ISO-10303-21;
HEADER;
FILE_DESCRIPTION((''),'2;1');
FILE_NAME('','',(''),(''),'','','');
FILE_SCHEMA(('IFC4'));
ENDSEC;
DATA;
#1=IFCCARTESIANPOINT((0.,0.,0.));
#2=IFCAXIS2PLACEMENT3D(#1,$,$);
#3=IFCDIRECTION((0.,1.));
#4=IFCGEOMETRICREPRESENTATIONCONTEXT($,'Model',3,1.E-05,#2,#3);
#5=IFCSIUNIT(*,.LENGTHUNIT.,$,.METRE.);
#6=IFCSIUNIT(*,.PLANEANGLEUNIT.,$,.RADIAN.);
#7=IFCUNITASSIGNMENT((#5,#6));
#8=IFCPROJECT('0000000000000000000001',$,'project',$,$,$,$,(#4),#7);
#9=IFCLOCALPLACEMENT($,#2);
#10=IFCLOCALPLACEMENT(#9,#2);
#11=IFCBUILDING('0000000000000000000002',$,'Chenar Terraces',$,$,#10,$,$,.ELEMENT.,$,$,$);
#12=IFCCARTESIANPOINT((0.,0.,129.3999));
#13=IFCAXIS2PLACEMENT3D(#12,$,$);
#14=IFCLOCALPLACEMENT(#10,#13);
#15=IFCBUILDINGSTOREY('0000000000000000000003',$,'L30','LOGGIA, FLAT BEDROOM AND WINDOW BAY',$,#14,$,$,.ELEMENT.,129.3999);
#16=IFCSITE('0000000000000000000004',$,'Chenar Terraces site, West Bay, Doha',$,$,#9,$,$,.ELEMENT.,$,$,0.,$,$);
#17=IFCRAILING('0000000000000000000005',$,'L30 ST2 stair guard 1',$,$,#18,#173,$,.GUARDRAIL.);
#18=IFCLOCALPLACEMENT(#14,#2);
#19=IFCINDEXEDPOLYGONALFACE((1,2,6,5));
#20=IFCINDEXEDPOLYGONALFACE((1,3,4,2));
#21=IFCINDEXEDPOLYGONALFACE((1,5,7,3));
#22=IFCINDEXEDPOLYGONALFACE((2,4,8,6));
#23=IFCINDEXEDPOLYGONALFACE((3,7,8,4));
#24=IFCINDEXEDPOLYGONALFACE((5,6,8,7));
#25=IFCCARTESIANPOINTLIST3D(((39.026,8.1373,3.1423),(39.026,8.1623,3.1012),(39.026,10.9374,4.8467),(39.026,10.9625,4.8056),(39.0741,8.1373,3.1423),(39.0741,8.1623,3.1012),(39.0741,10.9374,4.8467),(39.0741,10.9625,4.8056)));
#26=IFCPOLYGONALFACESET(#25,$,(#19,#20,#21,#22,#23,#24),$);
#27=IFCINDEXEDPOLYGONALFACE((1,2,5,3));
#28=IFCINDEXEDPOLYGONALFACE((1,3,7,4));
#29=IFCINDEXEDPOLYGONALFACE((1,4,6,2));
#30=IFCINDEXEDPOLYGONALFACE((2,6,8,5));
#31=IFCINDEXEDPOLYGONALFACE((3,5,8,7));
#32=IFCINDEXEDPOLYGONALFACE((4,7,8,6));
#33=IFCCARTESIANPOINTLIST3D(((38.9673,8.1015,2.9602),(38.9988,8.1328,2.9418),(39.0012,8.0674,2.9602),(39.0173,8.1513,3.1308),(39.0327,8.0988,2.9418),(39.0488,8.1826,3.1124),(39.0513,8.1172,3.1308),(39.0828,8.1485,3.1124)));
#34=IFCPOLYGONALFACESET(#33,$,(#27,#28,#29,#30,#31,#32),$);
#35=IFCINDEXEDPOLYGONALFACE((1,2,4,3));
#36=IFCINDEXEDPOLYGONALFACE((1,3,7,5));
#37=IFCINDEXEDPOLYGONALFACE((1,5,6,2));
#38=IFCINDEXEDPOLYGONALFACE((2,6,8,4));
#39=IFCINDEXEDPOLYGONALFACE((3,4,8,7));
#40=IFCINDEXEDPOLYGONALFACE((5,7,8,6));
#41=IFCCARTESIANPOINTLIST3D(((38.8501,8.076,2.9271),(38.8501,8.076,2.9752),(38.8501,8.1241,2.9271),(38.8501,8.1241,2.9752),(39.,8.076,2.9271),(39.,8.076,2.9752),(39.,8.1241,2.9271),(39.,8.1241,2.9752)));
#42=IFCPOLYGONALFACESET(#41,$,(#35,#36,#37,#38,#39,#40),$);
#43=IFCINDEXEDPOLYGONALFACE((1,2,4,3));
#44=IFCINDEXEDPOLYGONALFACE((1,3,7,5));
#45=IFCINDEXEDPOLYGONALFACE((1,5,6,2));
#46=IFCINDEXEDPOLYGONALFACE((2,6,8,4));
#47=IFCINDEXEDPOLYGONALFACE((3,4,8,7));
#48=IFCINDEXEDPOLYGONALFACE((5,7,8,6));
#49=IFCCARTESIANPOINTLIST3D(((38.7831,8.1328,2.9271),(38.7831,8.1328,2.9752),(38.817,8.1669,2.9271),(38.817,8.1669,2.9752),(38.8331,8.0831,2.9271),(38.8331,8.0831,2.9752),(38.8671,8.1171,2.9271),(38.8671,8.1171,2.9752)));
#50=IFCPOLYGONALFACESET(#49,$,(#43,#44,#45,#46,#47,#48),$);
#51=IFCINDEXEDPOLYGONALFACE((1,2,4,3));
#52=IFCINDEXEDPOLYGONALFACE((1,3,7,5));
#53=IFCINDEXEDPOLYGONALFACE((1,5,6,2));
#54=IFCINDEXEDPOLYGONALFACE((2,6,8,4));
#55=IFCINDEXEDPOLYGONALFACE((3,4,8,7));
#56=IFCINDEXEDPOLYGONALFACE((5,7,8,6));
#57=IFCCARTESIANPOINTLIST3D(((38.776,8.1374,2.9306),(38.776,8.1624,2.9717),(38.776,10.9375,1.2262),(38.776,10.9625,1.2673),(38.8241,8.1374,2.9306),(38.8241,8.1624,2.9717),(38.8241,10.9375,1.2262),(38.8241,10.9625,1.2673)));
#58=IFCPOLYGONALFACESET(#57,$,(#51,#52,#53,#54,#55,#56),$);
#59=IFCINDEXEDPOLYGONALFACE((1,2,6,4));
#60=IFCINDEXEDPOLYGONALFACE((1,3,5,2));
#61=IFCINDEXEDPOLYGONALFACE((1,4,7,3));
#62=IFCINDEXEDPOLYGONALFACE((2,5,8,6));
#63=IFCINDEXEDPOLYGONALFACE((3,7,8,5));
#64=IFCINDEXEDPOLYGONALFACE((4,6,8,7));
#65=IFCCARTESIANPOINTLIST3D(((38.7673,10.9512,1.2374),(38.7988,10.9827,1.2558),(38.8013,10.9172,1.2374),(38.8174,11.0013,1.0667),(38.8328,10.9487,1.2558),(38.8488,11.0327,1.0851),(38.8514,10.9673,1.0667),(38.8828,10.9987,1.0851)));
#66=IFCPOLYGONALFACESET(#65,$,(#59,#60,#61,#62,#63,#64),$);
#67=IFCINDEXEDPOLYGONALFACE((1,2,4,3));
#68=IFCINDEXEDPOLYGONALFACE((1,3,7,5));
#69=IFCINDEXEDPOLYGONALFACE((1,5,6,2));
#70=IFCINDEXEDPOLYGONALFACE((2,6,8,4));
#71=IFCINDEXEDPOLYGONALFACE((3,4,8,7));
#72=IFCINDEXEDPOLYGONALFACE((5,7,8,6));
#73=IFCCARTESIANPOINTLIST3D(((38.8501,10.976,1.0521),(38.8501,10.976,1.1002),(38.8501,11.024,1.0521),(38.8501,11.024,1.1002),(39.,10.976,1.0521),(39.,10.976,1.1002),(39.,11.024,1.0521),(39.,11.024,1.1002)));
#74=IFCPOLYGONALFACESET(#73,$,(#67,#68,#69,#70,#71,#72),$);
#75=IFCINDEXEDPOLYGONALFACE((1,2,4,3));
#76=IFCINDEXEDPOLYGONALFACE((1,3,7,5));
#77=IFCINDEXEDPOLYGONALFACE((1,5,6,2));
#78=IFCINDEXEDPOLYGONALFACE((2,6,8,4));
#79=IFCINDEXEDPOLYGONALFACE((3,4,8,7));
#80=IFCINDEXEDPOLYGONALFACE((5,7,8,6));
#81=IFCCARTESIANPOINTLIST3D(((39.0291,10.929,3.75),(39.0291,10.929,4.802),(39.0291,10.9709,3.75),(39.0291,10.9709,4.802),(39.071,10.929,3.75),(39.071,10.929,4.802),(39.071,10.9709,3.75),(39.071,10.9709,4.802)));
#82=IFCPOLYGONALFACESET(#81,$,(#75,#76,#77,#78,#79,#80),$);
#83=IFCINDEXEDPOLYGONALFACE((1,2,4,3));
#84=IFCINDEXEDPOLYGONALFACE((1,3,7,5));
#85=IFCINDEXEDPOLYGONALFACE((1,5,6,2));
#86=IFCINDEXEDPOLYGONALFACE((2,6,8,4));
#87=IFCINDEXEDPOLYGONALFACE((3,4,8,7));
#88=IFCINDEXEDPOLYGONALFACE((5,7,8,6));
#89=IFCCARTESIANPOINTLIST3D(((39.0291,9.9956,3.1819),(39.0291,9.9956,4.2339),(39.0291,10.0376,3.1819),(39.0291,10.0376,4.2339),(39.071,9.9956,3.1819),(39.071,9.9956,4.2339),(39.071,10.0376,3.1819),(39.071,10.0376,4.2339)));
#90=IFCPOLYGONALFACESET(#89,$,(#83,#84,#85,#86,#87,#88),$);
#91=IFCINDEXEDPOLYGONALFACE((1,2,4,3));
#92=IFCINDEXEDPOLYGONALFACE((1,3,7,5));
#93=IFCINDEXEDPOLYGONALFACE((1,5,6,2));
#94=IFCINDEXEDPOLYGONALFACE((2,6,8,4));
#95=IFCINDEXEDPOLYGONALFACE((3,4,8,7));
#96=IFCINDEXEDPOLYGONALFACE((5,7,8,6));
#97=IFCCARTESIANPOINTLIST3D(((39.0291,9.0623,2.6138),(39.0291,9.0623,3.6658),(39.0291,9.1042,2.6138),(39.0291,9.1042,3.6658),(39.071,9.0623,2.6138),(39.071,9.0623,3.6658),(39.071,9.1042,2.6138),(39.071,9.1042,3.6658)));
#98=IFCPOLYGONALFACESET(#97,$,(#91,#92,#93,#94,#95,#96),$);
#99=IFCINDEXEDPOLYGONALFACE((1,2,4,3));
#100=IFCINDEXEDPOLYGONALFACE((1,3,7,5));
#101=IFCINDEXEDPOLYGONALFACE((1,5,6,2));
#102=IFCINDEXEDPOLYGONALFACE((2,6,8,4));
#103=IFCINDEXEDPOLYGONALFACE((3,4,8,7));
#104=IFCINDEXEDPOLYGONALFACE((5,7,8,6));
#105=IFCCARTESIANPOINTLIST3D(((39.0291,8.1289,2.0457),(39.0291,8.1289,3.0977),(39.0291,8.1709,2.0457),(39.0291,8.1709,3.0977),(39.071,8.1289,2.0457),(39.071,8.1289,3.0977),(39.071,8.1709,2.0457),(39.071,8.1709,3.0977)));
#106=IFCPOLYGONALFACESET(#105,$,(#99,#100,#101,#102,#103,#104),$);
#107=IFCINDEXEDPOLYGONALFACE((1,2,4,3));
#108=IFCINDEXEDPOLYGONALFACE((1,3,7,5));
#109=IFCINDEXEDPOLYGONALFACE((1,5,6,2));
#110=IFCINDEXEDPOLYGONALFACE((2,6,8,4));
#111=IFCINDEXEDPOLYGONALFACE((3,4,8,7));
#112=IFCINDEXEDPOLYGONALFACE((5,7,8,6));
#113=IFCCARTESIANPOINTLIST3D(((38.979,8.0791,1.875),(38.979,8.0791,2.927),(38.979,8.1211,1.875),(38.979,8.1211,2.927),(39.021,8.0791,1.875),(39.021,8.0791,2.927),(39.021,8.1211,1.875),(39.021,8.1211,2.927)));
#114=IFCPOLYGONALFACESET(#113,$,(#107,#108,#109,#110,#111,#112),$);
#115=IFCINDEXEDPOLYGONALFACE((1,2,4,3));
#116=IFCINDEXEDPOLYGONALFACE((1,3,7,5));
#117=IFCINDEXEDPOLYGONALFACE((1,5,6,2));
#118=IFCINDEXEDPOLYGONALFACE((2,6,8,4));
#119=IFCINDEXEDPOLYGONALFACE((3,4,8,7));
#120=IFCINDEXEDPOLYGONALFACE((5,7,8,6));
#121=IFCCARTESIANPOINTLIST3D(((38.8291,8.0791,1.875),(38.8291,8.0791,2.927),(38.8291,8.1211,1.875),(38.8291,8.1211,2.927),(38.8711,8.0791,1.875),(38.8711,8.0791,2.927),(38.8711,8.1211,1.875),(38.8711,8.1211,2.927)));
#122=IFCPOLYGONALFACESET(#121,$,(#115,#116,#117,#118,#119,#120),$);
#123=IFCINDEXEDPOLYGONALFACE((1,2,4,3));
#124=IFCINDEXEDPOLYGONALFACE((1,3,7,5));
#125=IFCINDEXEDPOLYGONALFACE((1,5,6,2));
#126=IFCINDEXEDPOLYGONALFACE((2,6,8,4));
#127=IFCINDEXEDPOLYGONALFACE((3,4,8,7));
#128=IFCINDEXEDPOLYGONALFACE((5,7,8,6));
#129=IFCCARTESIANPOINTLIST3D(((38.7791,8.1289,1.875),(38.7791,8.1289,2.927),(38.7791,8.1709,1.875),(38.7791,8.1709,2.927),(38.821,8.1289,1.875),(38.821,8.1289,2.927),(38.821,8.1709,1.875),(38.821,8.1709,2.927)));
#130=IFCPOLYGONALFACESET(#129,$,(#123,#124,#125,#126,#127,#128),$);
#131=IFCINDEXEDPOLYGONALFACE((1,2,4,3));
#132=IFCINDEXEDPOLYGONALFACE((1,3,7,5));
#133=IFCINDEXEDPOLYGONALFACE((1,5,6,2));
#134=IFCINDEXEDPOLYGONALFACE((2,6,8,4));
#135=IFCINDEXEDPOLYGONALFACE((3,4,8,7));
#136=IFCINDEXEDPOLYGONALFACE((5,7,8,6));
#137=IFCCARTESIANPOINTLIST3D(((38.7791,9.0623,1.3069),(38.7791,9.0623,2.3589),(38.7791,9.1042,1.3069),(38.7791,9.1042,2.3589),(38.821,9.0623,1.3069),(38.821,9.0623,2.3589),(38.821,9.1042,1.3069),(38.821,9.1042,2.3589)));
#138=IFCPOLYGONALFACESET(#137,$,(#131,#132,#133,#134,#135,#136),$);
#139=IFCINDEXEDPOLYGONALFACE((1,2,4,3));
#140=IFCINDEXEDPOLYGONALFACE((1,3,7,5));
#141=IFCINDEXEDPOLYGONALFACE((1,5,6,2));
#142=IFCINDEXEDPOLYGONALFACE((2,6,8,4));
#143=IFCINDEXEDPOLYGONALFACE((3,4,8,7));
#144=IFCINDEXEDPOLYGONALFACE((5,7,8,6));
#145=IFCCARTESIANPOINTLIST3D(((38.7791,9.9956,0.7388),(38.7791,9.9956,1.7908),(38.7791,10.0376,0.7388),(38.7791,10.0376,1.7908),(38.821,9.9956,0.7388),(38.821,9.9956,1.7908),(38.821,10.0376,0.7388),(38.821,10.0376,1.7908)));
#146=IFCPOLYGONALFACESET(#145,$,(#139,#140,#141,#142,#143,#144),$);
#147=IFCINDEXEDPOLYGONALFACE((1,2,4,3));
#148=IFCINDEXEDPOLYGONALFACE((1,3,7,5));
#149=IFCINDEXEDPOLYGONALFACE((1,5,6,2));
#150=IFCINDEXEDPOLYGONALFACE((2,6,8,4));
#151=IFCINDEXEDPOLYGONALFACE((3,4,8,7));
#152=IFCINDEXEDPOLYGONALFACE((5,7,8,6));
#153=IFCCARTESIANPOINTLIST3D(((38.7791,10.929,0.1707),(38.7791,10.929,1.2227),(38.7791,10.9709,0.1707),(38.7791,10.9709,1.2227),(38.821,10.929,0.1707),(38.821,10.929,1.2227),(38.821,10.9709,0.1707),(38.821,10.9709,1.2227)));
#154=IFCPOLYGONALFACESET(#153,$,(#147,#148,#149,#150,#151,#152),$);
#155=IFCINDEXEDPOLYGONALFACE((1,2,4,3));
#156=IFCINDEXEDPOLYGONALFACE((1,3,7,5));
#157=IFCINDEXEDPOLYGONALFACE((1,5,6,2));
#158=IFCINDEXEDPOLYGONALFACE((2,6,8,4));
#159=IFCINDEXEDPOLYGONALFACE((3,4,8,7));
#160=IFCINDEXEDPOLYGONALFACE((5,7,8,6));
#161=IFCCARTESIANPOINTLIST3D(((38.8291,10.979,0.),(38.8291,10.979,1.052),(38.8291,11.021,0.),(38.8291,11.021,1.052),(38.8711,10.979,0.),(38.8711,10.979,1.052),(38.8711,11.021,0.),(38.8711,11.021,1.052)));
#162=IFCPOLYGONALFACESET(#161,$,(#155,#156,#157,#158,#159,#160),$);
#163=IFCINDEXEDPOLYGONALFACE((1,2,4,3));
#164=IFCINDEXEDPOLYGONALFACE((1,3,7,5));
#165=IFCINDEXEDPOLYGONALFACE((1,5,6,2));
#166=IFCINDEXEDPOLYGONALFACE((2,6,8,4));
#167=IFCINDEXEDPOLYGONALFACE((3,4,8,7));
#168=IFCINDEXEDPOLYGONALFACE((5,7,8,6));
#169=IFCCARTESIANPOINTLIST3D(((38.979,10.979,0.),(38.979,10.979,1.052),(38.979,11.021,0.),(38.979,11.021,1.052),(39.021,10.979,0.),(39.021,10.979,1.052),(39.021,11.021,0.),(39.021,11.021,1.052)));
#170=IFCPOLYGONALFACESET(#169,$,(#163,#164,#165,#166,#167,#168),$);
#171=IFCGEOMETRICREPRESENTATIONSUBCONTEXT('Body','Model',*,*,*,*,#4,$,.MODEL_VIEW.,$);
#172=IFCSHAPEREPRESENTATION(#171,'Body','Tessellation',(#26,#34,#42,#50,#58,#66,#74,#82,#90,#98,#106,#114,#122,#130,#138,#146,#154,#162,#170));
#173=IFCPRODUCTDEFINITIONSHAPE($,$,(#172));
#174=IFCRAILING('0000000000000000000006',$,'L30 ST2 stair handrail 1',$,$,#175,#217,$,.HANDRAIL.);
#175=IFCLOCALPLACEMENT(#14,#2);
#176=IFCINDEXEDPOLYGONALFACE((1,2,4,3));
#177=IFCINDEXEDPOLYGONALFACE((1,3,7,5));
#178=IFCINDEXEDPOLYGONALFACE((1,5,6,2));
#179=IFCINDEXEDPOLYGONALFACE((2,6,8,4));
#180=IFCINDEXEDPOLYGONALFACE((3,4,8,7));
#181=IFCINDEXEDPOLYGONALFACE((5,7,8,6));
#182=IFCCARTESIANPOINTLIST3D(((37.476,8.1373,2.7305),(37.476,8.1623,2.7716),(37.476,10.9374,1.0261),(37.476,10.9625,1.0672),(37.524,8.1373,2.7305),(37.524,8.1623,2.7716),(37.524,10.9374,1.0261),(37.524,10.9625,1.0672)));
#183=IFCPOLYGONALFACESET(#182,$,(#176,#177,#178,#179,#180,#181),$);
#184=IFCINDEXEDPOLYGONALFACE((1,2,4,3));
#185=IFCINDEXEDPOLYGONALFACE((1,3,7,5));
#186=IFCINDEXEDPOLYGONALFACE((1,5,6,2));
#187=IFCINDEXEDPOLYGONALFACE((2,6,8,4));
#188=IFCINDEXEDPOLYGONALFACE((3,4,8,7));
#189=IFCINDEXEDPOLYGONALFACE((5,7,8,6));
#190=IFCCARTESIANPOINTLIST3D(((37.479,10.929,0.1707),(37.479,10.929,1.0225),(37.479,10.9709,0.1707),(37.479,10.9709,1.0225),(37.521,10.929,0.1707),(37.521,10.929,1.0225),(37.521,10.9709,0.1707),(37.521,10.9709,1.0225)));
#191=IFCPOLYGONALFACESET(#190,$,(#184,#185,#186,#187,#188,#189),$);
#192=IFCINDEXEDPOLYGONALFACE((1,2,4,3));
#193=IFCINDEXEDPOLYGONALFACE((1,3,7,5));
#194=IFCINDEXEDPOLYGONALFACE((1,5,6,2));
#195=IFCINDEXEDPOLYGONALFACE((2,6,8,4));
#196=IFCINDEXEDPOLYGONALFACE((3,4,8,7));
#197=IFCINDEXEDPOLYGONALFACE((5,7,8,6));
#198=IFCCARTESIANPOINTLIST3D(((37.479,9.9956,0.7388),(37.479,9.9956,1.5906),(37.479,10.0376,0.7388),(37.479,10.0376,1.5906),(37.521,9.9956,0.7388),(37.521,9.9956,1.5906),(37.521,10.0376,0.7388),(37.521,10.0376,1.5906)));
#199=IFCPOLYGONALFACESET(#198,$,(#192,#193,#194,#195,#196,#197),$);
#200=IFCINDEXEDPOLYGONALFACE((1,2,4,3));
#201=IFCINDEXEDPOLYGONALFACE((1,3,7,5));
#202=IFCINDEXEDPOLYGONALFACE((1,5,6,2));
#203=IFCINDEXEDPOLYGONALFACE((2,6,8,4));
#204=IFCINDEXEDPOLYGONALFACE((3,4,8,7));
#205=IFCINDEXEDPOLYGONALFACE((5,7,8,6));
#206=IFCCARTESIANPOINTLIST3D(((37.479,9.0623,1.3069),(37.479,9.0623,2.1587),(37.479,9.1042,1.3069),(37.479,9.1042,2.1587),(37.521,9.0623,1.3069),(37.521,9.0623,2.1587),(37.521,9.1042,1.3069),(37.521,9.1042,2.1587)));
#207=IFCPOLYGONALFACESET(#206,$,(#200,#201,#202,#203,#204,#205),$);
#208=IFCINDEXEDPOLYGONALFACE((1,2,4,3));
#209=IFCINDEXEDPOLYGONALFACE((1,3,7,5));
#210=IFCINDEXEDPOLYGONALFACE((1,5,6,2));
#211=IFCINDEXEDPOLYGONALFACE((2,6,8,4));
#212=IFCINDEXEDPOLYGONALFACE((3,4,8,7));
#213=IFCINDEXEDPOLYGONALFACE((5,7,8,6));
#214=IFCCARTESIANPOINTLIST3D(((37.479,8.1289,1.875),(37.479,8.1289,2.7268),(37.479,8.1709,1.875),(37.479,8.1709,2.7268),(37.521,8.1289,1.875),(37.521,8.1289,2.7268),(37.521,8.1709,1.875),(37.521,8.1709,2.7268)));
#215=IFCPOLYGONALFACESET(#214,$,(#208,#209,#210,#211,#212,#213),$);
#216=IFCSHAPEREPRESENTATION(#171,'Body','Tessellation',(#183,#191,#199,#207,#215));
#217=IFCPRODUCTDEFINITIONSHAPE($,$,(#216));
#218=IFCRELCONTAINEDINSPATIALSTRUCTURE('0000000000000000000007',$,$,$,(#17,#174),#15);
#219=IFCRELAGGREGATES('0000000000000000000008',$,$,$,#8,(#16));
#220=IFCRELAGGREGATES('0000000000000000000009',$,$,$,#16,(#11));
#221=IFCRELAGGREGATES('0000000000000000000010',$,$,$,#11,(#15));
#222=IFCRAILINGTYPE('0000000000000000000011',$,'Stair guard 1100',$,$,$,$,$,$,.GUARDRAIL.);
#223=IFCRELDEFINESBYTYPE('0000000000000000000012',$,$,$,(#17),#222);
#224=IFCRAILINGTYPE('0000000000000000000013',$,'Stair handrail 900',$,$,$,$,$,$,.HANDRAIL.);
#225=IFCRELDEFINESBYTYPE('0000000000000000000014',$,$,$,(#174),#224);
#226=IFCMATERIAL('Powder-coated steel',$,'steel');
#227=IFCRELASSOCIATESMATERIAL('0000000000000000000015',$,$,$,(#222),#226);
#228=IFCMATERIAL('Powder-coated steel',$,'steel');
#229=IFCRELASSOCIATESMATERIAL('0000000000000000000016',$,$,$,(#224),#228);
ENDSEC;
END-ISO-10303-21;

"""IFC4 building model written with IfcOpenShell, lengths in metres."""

from ifc_helpers import new_model, si_unit, direction, frame, origin, origin_2d, place, context, subcontext, project, spatial, rectangle, extrude, material, type_object, element, save


model = new_model("IFC4")

# Units and contexts
model_context = context("Model", 3, precision=1e-05, world=origin(), true_north=direction((0.0, 1.0)))
body_context = subcontext(model_context, "Body", "Model", "MODEL_VIEW")
ifc_project = project(units=[si_unit("LENGTHUNIT", "METRE"), si_unit("PLANEANGLEUNIT", "RADIAN")], contexts=[model_context])

# Site, building, storey
site_placement = place(None, origin())
site = spatial("IfcSite", under=ifc_project, at=site_placement, Name="Chenar Terraces site, West Bay, Doha", CompositionType="ELEMENT", RefElevation=0.0)
building_placement = place(site_placement, origin())
building = spatial("IfcBuilding", under=site, at=building_placement, Name="Chenar Terraces", CompositionType="ELEMENT")
storey_placement = place(building_placement, frame((0.0, 0.0, 129.3999)))
storey = spatial("IfcBuildingStorey", under=building, at=storey_placement, Name="L30", Description="LOGGIA, FLAT BEDROOM AND WINDOW BAY", CompositionType="ELEMENT", Elevation=129.3999)

# Railings
ifc_material_1 = material(Name="Powder-coated steel", Category="steel")
railing_type_1 = type_object("IfcRailingType", Name="Stair guard 1100", PredefinedType="GUARDRAIL", material=ifc_material_1)
railing_1_placement = place(storey_placement, frame((39.05, 10.95, 3.75)))
element("IfcRailing", 1, at=railing_1_placement, inside=storey, type_object=railing_type_1, Name="L30 ST2 stair guard 1", PredefinedType="GUARDRAIL", context=body_context, shape_type="SweptSolid", body=[
    extrude(rectangle(XDim=0.0481, YDim=0.0481, at=origin_2d()), frame((0.0, 0.0, 1.0762), z_axis=(0.0, -0.854203, -0.51994), x_axis=(1.0, 0.0, 0.0)), (0.0, 0.0, 1.0), 3.2781),
    extrude(rectangle(XDim=0.0481, YDim=0.0481, at=origin_2d()), frame((0.0, -2.8, -0.6284), z_axis=(-0.270997, -0.269675, -0.924033), x_axis=(0.705376, -0.708834, 0.0)), (0.0, 0.0, 1.0), 0.1846),
    extrude(rectangle(XDim=0.0481, YDim=0.0481, at=origin_2d()), frame((-0.05, -2.8499, -0.7988), z_axis=(-1.0, 0.0, 0.0), x_axis=(0.0, -1.0, 0.0)), (0.0, 0.0, 1.0), 0.1499),
    extrude(rectangle(XDim=0.0481, YDim=0.0481, at=origin_2d()), frame((-0.2, -2.8499, -0.7988), z_axis=(-0.708834, 0.705376, 0.0), x_axis=(-0.705376, -0.708834, 0.0)), (0.0, 0.0, 1.0), 0.0706),
    extrude(rectangle(XDim=0.0481, YDim=0.0481, at=origin_2d()), frame((-0.25, -2.8, -0.7988), z_axis=(0.0, 0.854203, -0.51994), x_axis=(-1.0, 0.0, 0.0)), (0.0, 0.0, 1.0), 3.2781),
    extrude(rectangle(XDim=0.0481, YDim=0.0481, at=origin_2d()), frame((-0.25, 0.0, -2.5034), z_axis=(0.2709, 0.2709, -0.923703), x_axis=(-0.707107, 0.707107, 0.0)), (0.0, 0.0, 1.0), 0.1848),
    extrude(rectangle(XDim=0.0481, YDim=0.0481, at=origin_2d()), frame((-0.2, 0.05, -2.6738), z_axis=(1.0, 0.0, 0.0), x_axis=(0.0, 1.0, 0.0)), (0.0, 0.0, 1.0), 0.1499),
    extrude(rectangle(XDim=0.042, YDim=0.042, at=origin_2d()), origin(), (0.0, 0.0, 1.0), 1.052),
    extrude(rectangle(XDim=0.042, YDim=0.042, at=origin_2d()), frame((0.0, -0.9333, -0.5681)), (0.0, 0.0, 1.0), 1.052),
    extrude(rectangle(XDim=0.042, YDim=0.042, at=origin_2d()), frame((0.0, -1.8667, -1.1362)), (0.0, 0.0, 1.0), 1.052),
    extrude(rectangle(XDim=0.042, YDim=0.042, at=origin_2d()), frame((0.0, -2.8, -1.7043)), (0.0, 0.0, 1.0), 1.052),
    extrude(rectangle(XDim=0.042, YDim=0.042, at=origin_2d()), frame((-0.05, -2.8499, -1.875)), (0.0, 0.0, 1.0), 1.052),
    extrude(rectangle(XDim=0.042, YDim=0.042, at=origin_2d()), frame((-0.2, -2.8499, -1.875)), (0.0, 0.0, 1.0), 1.052),
    extrude(rectangle(XDim=0.042, YDim=0.042, at=origin_2d()), frame((-0.25, -2.8, -1.875)), (0.0, 0.0, 1.0), 1.052),
    extrude(rectangle(XDim=0.042, YDim=0.042, at=origin_2d()), frame((-0.25, -1.8667, -2.4431)), (0.0, 0.0, 1.0), 1.052),
    extrude(rectangle(XDim=0.042, YDim=0.042, at=origin_2d()), frame((-0.25, -0.9333, -3.0112)), (0.0, 0.0, 1.0), 1.052),
    extrude(rectangle(XDim=0.042, YDim=0.042, at=origin_2d()), frame((-0.25, 0.0, -3.5793)), (0.0, 0.0, 1.0), 1.052),
    extrude(rectangle(XDim=0.042, YDim=0.042, at=origin_2d()), frame((-0.2, 0.05, -3.75)), (0.0, 0.0, 1.0), 1.052),
    extrude(rectangle(XDim=0.042, YDim=0.042, at=origin_2d()), frame((-0.05, 0.05, -3.75)), (0.0, 0.0, 1.0), 1.052),
])
ifc_material_2 = material(Name="Powder-coated steel", Category="steel")
railing_type_2 = type_object("IfcRailingType", Name="Stair handrail 900", PredefinedType="HANDRAIL", material=ifc_material_2)
railing_2_placement = place(storey_placement, frame((37.5, 10.95, 0.1707)))
element("IfcRailing", 2, at=railing_2_placement, inside=storey, type_object=railing_type_2, Name="L30 ST2 stair handrail 1", PredefinedType="HANDRAIL", context=body_context, shape_type="SweptSolid", body=[
    extrude(rectangle(XDim=0.0481, YDim=0.0481, at=origin_2d()), frame((0.0, 0.0, 0.876), z_axis=(0.0, -0.854203, 0.51994), x_axis=(1.0, 0.0, 0.0)), (0.0, 0.0, 1.0), 3.2781),
    extrude(rectangle(XDim=0.042, YDim=0.042, at=origin_2d()), origin(), (0.0, 0.0, 1.0), 0.8518),
    extrude(rectangle(XDim=0.042, YDim=0.042, at=origin_2d()), frame((0.0, -0.9333, 0.5681)), (0.0, 0.0, 1.0), 0.8518),
    extrude(rectangle(XDim=0.042, YDim=0.042, at=origin_2d()), frame((0.0, -1.8667, 1.1362)), (0.0, 0.0, 1.0), 0.8518),
    extrude(rectangle(XDim=0.042, YDim=0.042, at=origin_2d()), frame((0.0, -2.8, 1.7043)), (0.0, 0.0, 1.0), 0.8518),
])

save(model, "model.ifc")
